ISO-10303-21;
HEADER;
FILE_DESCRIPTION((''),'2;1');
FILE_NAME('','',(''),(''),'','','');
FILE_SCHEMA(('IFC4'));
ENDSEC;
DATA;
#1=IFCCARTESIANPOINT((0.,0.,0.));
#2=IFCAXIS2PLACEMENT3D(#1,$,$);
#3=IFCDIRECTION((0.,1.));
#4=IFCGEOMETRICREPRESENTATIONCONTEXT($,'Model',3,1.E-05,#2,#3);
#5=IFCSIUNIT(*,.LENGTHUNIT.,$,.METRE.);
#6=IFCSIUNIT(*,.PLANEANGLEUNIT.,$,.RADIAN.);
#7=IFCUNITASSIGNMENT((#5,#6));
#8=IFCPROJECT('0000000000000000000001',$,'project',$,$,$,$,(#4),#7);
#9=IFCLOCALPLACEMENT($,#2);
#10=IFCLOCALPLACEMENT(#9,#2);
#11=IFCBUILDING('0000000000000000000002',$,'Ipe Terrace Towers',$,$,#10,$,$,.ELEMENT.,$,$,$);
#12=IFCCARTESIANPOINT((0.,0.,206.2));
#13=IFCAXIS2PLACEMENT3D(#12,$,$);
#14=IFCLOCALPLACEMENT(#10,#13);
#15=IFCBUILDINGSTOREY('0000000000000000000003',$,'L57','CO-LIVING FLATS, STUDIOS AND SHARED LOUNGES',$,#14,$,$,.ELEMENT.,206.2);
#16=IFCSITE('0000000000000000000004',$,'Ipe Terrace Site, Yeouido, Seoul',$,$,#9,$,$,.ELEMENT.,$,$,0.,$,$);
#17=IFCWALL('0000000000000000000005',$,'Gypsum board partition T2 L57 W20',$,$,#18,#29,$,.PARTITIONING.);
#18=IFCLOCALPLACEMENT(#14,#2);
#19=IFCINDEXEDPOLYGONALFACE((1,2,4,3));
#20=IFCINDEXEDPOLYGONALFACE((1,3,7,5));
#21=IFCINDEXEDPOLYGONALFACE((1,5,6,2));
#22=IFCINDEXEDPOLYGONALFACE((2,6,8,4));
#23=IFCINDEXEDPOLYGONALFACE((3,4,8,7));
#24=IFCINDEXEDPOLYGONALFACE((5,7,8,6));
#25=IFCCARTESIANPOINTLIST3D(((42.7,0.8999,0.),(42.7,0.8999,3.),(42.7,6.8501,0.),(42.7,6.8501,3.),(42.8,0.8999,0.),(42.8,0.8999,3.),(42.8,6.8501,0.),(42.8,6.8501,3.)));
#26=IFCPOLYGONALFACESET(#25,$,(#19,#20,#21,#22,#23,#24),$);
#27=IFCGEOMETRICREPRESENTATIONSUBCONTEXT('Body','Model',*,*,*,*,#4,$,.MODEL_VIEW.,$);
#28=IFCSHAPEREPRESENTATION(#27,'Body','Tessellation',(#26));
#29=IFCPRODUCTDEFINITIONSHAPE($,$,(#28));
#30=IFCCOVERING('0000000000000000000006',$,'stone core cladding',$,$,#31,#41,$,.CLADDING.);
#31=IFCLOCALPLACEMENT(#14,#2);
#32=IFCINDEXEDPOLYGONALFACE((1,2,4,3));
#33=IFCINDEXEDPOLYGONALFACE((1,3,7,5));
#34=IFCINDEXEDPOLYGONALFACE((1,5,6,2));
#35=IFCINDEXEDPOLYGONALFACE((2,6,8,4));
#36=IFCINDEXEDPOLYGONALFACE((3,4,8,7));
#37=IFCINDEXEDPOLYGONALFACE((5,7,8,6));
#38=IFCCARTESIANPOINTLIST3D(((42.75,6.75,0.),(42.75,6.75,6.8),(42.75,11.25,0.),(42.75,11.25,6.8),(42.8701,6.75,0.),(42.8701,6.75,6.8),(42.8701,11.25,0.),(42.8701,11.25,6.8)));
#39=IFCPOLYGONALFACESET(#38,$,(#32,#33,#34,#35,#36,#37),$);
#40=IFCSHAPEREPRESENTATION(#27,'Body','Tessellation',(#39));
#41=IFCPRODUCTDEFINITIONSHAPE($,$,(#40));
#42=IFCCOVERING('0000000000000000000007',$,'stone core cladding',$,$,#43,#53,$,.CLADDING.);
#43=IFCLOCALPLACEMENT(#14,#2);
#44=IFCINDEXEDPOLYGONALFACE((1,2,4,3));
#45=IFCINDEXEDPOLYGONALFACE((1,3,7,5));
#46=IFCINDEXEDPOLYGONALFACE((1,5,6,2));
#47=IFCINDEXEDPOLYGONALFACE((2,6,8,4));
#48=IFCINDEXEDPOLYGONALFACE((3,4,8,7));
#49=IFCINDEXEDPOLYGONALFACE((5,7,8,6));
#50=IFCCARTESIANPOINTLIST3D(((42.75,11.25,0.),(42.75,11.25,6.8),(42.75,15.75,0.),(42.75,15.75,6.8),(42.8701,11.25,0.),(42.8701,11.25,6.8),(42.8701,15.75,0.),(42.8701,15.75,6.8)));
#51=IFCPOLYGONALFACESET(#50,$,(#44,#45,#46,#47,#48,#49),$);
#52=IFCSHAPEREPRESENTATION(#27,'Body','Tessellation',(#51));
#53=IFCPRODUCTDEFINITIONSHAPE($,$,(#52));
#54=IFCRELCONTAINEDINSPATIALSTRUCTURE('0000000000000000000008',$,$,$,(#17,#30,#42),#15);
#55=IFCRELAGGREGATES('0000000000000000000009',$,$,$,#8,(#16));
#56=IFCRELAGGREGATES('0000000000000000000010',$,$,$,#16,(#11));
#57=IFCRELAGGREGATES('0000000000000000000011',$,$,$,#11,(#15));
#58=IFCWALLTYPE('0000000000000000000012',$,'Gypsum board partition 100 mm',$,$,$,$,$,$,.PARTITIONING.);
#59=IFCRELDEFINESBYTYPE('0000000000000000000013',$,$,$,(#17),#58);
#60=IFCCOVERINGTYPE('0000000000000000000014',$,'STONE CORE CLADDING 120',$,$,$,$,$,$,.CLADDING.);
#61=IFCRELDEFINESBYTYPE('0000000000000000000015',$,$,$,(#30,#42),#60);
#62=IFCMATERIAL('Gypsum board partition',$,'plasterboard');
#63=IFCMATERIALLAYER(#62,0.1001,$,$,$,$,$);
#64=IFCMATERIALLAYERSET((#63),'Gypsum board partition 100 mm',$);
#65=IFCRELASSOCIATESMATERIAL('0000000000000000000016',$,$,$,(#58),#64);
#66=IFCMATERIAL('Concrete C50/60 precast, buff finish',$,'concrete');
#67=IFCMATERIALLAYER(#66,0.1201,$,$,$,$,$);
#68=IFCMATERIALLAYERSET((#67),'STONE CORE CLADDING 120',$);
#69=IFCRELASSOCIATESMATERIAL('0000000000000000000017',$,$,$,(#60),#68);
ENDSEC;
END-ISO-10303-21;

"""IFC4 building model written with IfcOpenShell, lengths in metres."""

from ifc_helpers import new_model, si_unit, direction, frame, frame_2d, origin, origin_2d, place, context, subcontext, project, spatial, rectangle, extrude, material, layer, layer_set, type_object, element, save


model = new_model("IFC4")

# Units and contexts
model_context = context("Model", 3, precision=1e-05, world=origin(), true_north=direction((0.0, 1.0)))
body_context = subcontext(model_context, "Body", "Model", "MODEL_VIEW")
ifc_project = project(units=[si_unit("LENGTHUNIT", "METRE"), si_unit("PLANEANGLEUNIT", "RADIAN")], contexts=[model_context])

# Site, building, storey
site_placement = place(None, origin())
site = spatial("IfcSite", under=ifc_project, at=site_placement, Name="Ipe Terrace Site, Yeouido, Seoul", CompositionType="ELEMENT", RefElevation=0.0)
building_placement = place(site_placement, origin())
building = spatial("IfcBuilding", under=site, at=building_placement, Name="Ipe Terrace Towers", CompositionType="ELEMENT")
storey_placement = place(building_placement, frame((0.0, 0.0, 206.2)))
storey = spatial("IfcBuildingStorey", under=building, at=storey_placement, Name="L57", Description="CO-LIVING FLATS, STUDIOS AND SHARED LOUNGES", CompositionType="ELEMENT", Elevation=206.2)

# Shared definitions
ifc_material_1 = material(Name="Gypsum board partition", Category="plasterboard")
ifc_layer_1 = layer(ifc_material_1, 0.1001)
ifc_layer_set_1 = layer_set([ifc_layer_1], Name="Gypsum board partition 100 mm")
wall_type_1 = type_object("IfcWallType", Name="Gypsum board partition 100 mm", PredefinedType="PARTITIONING", material=ifc_layer_set_1)

# Wall
wall_1_placement = place(storey_placement, frame((42.75, 0.8999, 0.0), z_axis=(0.0, 0.0, 1.0), x_axis=(0.0, 1.0, 0.0)))
element("IfcWall", 1, at=wall_1_placement, inside=storey, type_object=wall_type_1, Name="Gypsum board partition T2 L57 W20", PredefinedType="PARTITIONING", context=body_context, shape_type="SweptSolid", body=[
    extrude(rectangle(XDim=5.9502, YDim=0.1001, at=frame_2d((2.9751, 0.0))), origin(), (0.0, 0.0, 1.0), 3.0),
])

# Coverings
ifc_material_2 = material(Name="Concrete C50/60 precast, buff finish", Category="concrete")
ifc_layer_2 = layer(ifc_material_2, 0.1201)
ifc_layer_set_2 = layer_set([ifc_layer_2], Name="STONE CORE CLADDING 120")
covering_type = type_object("IfcCoveringType", Name="STONE CORE CLADDING 120", PredefinedType="CLADDING", material=ifc_layer_set_2)
for number, where, z_axis, x_axis, name in (
    (2, (42.8101, 9.0, 0.0), (0.0, 0.0, 1.0), (0.0, 1.0, 0.0), "stone core cladding"),
    (3, (42.8101, 13.5, 0.0), (0.0, 0.0, 1.0), (0.0, 1.0, 0.0), "stone core cladding"),
):
    element("IfcCovering", number, at=place(storey_placement, frame(where, z_axis=z_axis, x_axis=x_axis)), inside=storey, type_object=covering_type, Name=name, PredefinedType="CLADDING", context=body_context, shape_type="SweptSolid", body=[
        extrude(rectangle(XDim=4.5, YDim=0.1201, at=origin_2d()), origin(), (0.0, 0.0, 1.0), 6.8),
    ])

save(model, "model.ifc")
